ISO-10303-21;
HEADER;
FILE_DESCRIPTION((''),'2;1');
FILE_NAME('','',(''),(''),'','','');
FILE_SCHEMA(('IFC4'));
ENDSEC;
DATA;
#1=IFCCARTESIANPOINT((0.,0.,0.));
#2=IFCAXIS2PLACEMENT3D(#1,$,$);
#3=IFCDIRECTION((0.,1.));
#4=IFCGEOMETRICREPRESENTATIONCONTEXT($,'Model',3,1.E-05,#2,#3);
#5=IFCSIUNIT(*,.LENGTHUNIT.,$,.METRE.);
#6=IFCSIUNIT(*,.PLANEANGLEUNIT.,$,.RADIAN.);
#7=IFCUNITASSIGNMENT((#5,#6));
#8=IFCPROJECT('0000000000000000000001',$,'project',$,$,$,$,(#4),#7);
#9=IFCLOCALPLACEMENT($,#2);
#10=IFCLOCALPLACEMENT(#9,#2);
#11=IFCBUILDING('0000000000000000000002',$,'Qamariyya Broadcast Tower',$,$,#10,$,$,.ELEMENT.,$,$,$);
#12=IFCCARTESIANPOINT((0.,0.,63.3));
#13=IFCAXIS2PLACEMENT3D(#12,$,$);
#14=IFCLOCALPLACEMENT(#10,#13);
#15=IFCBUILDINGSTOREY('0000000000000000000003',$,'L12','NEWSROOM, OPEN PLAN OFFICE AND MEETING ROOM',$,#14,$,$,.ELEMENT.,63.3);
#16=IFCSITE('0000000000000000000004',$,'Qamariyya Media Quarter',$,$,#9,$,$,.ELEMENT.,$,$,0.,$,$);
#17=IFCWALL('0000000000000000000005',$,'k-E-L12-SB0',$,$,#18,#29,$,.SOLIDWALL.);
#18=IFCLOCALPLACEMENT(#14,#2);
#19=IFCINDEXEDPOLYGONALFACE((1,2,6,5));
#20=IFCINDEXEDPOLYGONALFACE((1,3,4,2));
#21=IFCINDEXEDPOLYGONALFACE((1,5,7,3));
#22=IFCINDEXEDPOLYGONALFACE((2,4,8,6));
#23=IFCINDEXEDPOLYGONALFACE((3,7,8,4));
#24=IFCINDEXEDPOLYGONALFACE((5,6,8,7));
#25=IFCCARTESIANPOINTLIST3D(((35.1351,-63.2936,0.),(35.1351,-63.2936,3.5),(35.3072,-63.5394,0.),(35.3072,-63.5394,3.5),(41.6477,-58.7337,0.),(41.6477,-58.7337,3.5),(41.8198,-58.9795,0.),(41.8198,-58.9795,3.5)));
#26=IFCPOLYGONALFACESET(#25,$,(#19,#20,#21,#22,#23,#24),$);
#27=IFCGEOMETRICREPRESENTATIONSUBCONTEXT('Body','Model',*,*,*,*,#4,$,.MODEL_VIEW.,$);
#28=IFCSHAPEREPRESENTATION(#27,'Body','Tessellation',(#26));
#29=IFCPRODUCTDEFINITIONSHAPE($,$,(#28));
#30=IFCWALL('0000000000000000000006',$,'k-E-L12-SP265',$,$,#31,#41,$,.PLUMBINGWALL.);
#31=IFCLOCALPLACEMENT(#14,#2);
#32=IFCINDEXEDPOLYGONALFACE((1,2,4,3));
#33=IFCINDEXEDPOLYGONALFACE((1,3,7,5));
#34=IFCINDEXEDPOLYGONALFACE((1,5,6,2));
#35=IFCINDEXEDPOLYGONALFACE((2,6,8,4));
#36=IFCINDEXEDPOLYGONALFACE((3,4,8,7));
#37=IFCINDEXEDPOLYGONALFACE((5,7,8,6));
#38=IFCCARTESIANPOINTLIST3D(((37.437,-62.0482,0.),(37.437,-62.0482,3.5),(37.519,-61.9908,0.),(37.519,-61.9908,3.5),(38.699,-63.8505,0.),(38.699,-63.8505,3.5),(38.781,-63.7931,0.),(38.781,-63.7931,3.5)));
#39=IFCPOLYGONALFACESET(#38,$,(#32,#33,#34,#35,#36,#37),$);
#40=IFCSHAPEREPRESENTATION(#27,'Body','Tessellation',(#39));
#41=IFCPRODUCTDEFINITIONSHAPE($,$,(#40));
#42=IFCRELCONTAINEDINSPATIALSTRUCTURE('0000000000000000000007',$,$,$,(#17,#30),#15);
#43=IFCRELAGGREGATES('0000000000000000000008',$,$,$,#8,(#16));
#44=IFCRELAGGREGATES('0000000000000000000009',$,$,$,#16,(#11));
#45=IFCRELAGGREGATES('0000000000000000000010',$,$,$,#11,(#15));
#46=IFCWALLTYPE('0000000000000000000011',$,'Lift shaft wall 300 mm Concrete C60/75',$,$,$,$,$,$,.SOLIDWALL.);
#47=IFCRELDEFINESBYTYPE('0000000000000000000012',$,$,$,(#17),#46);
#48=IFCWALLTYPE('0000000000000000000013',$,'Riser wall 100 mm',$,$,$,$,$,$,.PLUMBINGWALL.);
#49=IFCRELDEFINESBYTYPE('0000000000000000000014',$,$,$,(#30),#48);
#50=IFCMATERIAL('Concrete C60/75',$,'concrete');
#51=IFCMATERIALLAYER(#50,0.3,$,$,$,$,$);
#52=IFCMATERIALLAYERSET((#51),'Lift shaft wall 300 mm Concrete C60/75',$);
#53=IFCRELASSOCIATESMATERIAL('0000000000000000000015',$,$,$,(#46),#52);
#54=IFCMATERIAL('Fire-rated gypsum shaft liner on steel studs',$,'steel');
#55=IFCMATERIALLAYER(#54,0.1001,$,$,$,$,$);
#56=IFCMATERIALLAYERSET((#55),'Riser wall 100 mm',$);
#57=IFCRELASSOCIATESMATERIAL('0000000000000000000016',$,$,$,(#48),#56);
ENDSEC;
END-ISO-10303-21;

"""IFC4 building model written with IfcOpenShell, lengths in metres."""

from ifc_helpers import new_model, si_unit, direction, frame, frame_2d, origin, place, context, subcontext, project, spatial, rectangle, extrude, material, layer, layer_set, type_object, element, save


model = new_model("IFC4")

# Units and contexts
model_context = context("Model", 3, precision=1e-05, world=origin(), true_north=direction((0.0, 1.0)))
body_context = subcontext(model_context, "Body", "Model", "MODEL_VIEW")
ifc_project = project(units=[si_unit("LENGTHUNIT", "METRE"), si_unit("PLANEANGLEUNIT", "RADIAN")], contexts=[model_context])

# Site, building, storey
site_placement = place(None, origin())
site = spatial("IfcSite", under=ifc_project, at=site_placement, Name="Qamariyya Media Quarter", CompositionType="ELEMENT", RefElevation=0.0)
building_placement = place(site_placement, origin())
building = spatial("IfcBuilding", under=site, at=building_placement, Name="Qamariyya Broadcast Tower", CompositionType="ELEMENT")
storey_placement = place(building_placement, frame((0.0, 0.0, 63.3)))
storey = spatial("IfcBuildingStorey", under=building, at=storey_placement, Name="L12", Description="NEWSROOM, OPEN PLAN OFFICE AND MEETING ROOM", CompositionType="ELEMENT", Elevation=63.3)

# Shared definitions
ifc_material_1 = material(Name="Concrete C60/75", Category="concrete")
ifc_layer_1 = layer(ifc_material_1, 0.3)
ifc_layer_set_1 = layer_set([ifc_layer_1], Name="Lift shaft wall 300 mm Concrete C60/75")
wall_type_1 = type_object("IfcWallType", Name="Lift shaft wall 300 mm Concrete C60/75", PredefinedType="SOLIDWALL", material=ifc_layer_set_1)

# Walls
wall_1_placement = place(storey_placement, frame((35.2212, -63.4165, 0.0), z_axis=(0.0, 0.0, 1.0), x_axis=(0.819167, 0.573555, 0.0)))
element("IfcWall", 1, at=wall_1_placement, inside=storey, type_object=wall_type_1, Name="k-E-L12-SB0", PredefinedType="SOLIDWALL", context=body_context, shape_type="SweptSolid", body=[
    extrude(rectangle(XDim=7.9502, YDim=0.3, at=frame_2d((3.9751, 0.0))), origin(), (0.0, 0.0, 1.0), 3.5),
])
ifc_material_2 = material(Name="Fire-rated gypsum shaft liner on steel studs", Category="steel")
ifc_layer_2 = layer(ifc_material_2, 0.1001)
ifc_layer_set_2 = layer_set([ifc_layer_2], Name="Riser wall 100 mm")
wall_type_2 = type_object("IfcWallType", Name="Riser wall 100 mm", PredefinedType="PLUMBINGWALL", material=ifc_layer_set_2)
wall_2_placement = place(storey_placement, frame((37.478, -62.0195, 0.0), z_axis=(0.0, 0.0, 1.0), x_axis=(0.573581, -0.819149, 0.0)))
element("IfcWall", 2, at=wall_2_placement, inside=storey, type_object=wall_type_2, Name="k-E-L12-SP265", PredefinedType="PLUMBINGWALL", context=body_context, shape_type="SweptSolid", body=[
    extrude(rectangle(XDim=2.2002, YDim=0.1001, at=frame_2d((1.1001, 0.0))), origin(), (0.0, 0.0, 1.0), 3.5),
])

save(model, "model.ifc")
